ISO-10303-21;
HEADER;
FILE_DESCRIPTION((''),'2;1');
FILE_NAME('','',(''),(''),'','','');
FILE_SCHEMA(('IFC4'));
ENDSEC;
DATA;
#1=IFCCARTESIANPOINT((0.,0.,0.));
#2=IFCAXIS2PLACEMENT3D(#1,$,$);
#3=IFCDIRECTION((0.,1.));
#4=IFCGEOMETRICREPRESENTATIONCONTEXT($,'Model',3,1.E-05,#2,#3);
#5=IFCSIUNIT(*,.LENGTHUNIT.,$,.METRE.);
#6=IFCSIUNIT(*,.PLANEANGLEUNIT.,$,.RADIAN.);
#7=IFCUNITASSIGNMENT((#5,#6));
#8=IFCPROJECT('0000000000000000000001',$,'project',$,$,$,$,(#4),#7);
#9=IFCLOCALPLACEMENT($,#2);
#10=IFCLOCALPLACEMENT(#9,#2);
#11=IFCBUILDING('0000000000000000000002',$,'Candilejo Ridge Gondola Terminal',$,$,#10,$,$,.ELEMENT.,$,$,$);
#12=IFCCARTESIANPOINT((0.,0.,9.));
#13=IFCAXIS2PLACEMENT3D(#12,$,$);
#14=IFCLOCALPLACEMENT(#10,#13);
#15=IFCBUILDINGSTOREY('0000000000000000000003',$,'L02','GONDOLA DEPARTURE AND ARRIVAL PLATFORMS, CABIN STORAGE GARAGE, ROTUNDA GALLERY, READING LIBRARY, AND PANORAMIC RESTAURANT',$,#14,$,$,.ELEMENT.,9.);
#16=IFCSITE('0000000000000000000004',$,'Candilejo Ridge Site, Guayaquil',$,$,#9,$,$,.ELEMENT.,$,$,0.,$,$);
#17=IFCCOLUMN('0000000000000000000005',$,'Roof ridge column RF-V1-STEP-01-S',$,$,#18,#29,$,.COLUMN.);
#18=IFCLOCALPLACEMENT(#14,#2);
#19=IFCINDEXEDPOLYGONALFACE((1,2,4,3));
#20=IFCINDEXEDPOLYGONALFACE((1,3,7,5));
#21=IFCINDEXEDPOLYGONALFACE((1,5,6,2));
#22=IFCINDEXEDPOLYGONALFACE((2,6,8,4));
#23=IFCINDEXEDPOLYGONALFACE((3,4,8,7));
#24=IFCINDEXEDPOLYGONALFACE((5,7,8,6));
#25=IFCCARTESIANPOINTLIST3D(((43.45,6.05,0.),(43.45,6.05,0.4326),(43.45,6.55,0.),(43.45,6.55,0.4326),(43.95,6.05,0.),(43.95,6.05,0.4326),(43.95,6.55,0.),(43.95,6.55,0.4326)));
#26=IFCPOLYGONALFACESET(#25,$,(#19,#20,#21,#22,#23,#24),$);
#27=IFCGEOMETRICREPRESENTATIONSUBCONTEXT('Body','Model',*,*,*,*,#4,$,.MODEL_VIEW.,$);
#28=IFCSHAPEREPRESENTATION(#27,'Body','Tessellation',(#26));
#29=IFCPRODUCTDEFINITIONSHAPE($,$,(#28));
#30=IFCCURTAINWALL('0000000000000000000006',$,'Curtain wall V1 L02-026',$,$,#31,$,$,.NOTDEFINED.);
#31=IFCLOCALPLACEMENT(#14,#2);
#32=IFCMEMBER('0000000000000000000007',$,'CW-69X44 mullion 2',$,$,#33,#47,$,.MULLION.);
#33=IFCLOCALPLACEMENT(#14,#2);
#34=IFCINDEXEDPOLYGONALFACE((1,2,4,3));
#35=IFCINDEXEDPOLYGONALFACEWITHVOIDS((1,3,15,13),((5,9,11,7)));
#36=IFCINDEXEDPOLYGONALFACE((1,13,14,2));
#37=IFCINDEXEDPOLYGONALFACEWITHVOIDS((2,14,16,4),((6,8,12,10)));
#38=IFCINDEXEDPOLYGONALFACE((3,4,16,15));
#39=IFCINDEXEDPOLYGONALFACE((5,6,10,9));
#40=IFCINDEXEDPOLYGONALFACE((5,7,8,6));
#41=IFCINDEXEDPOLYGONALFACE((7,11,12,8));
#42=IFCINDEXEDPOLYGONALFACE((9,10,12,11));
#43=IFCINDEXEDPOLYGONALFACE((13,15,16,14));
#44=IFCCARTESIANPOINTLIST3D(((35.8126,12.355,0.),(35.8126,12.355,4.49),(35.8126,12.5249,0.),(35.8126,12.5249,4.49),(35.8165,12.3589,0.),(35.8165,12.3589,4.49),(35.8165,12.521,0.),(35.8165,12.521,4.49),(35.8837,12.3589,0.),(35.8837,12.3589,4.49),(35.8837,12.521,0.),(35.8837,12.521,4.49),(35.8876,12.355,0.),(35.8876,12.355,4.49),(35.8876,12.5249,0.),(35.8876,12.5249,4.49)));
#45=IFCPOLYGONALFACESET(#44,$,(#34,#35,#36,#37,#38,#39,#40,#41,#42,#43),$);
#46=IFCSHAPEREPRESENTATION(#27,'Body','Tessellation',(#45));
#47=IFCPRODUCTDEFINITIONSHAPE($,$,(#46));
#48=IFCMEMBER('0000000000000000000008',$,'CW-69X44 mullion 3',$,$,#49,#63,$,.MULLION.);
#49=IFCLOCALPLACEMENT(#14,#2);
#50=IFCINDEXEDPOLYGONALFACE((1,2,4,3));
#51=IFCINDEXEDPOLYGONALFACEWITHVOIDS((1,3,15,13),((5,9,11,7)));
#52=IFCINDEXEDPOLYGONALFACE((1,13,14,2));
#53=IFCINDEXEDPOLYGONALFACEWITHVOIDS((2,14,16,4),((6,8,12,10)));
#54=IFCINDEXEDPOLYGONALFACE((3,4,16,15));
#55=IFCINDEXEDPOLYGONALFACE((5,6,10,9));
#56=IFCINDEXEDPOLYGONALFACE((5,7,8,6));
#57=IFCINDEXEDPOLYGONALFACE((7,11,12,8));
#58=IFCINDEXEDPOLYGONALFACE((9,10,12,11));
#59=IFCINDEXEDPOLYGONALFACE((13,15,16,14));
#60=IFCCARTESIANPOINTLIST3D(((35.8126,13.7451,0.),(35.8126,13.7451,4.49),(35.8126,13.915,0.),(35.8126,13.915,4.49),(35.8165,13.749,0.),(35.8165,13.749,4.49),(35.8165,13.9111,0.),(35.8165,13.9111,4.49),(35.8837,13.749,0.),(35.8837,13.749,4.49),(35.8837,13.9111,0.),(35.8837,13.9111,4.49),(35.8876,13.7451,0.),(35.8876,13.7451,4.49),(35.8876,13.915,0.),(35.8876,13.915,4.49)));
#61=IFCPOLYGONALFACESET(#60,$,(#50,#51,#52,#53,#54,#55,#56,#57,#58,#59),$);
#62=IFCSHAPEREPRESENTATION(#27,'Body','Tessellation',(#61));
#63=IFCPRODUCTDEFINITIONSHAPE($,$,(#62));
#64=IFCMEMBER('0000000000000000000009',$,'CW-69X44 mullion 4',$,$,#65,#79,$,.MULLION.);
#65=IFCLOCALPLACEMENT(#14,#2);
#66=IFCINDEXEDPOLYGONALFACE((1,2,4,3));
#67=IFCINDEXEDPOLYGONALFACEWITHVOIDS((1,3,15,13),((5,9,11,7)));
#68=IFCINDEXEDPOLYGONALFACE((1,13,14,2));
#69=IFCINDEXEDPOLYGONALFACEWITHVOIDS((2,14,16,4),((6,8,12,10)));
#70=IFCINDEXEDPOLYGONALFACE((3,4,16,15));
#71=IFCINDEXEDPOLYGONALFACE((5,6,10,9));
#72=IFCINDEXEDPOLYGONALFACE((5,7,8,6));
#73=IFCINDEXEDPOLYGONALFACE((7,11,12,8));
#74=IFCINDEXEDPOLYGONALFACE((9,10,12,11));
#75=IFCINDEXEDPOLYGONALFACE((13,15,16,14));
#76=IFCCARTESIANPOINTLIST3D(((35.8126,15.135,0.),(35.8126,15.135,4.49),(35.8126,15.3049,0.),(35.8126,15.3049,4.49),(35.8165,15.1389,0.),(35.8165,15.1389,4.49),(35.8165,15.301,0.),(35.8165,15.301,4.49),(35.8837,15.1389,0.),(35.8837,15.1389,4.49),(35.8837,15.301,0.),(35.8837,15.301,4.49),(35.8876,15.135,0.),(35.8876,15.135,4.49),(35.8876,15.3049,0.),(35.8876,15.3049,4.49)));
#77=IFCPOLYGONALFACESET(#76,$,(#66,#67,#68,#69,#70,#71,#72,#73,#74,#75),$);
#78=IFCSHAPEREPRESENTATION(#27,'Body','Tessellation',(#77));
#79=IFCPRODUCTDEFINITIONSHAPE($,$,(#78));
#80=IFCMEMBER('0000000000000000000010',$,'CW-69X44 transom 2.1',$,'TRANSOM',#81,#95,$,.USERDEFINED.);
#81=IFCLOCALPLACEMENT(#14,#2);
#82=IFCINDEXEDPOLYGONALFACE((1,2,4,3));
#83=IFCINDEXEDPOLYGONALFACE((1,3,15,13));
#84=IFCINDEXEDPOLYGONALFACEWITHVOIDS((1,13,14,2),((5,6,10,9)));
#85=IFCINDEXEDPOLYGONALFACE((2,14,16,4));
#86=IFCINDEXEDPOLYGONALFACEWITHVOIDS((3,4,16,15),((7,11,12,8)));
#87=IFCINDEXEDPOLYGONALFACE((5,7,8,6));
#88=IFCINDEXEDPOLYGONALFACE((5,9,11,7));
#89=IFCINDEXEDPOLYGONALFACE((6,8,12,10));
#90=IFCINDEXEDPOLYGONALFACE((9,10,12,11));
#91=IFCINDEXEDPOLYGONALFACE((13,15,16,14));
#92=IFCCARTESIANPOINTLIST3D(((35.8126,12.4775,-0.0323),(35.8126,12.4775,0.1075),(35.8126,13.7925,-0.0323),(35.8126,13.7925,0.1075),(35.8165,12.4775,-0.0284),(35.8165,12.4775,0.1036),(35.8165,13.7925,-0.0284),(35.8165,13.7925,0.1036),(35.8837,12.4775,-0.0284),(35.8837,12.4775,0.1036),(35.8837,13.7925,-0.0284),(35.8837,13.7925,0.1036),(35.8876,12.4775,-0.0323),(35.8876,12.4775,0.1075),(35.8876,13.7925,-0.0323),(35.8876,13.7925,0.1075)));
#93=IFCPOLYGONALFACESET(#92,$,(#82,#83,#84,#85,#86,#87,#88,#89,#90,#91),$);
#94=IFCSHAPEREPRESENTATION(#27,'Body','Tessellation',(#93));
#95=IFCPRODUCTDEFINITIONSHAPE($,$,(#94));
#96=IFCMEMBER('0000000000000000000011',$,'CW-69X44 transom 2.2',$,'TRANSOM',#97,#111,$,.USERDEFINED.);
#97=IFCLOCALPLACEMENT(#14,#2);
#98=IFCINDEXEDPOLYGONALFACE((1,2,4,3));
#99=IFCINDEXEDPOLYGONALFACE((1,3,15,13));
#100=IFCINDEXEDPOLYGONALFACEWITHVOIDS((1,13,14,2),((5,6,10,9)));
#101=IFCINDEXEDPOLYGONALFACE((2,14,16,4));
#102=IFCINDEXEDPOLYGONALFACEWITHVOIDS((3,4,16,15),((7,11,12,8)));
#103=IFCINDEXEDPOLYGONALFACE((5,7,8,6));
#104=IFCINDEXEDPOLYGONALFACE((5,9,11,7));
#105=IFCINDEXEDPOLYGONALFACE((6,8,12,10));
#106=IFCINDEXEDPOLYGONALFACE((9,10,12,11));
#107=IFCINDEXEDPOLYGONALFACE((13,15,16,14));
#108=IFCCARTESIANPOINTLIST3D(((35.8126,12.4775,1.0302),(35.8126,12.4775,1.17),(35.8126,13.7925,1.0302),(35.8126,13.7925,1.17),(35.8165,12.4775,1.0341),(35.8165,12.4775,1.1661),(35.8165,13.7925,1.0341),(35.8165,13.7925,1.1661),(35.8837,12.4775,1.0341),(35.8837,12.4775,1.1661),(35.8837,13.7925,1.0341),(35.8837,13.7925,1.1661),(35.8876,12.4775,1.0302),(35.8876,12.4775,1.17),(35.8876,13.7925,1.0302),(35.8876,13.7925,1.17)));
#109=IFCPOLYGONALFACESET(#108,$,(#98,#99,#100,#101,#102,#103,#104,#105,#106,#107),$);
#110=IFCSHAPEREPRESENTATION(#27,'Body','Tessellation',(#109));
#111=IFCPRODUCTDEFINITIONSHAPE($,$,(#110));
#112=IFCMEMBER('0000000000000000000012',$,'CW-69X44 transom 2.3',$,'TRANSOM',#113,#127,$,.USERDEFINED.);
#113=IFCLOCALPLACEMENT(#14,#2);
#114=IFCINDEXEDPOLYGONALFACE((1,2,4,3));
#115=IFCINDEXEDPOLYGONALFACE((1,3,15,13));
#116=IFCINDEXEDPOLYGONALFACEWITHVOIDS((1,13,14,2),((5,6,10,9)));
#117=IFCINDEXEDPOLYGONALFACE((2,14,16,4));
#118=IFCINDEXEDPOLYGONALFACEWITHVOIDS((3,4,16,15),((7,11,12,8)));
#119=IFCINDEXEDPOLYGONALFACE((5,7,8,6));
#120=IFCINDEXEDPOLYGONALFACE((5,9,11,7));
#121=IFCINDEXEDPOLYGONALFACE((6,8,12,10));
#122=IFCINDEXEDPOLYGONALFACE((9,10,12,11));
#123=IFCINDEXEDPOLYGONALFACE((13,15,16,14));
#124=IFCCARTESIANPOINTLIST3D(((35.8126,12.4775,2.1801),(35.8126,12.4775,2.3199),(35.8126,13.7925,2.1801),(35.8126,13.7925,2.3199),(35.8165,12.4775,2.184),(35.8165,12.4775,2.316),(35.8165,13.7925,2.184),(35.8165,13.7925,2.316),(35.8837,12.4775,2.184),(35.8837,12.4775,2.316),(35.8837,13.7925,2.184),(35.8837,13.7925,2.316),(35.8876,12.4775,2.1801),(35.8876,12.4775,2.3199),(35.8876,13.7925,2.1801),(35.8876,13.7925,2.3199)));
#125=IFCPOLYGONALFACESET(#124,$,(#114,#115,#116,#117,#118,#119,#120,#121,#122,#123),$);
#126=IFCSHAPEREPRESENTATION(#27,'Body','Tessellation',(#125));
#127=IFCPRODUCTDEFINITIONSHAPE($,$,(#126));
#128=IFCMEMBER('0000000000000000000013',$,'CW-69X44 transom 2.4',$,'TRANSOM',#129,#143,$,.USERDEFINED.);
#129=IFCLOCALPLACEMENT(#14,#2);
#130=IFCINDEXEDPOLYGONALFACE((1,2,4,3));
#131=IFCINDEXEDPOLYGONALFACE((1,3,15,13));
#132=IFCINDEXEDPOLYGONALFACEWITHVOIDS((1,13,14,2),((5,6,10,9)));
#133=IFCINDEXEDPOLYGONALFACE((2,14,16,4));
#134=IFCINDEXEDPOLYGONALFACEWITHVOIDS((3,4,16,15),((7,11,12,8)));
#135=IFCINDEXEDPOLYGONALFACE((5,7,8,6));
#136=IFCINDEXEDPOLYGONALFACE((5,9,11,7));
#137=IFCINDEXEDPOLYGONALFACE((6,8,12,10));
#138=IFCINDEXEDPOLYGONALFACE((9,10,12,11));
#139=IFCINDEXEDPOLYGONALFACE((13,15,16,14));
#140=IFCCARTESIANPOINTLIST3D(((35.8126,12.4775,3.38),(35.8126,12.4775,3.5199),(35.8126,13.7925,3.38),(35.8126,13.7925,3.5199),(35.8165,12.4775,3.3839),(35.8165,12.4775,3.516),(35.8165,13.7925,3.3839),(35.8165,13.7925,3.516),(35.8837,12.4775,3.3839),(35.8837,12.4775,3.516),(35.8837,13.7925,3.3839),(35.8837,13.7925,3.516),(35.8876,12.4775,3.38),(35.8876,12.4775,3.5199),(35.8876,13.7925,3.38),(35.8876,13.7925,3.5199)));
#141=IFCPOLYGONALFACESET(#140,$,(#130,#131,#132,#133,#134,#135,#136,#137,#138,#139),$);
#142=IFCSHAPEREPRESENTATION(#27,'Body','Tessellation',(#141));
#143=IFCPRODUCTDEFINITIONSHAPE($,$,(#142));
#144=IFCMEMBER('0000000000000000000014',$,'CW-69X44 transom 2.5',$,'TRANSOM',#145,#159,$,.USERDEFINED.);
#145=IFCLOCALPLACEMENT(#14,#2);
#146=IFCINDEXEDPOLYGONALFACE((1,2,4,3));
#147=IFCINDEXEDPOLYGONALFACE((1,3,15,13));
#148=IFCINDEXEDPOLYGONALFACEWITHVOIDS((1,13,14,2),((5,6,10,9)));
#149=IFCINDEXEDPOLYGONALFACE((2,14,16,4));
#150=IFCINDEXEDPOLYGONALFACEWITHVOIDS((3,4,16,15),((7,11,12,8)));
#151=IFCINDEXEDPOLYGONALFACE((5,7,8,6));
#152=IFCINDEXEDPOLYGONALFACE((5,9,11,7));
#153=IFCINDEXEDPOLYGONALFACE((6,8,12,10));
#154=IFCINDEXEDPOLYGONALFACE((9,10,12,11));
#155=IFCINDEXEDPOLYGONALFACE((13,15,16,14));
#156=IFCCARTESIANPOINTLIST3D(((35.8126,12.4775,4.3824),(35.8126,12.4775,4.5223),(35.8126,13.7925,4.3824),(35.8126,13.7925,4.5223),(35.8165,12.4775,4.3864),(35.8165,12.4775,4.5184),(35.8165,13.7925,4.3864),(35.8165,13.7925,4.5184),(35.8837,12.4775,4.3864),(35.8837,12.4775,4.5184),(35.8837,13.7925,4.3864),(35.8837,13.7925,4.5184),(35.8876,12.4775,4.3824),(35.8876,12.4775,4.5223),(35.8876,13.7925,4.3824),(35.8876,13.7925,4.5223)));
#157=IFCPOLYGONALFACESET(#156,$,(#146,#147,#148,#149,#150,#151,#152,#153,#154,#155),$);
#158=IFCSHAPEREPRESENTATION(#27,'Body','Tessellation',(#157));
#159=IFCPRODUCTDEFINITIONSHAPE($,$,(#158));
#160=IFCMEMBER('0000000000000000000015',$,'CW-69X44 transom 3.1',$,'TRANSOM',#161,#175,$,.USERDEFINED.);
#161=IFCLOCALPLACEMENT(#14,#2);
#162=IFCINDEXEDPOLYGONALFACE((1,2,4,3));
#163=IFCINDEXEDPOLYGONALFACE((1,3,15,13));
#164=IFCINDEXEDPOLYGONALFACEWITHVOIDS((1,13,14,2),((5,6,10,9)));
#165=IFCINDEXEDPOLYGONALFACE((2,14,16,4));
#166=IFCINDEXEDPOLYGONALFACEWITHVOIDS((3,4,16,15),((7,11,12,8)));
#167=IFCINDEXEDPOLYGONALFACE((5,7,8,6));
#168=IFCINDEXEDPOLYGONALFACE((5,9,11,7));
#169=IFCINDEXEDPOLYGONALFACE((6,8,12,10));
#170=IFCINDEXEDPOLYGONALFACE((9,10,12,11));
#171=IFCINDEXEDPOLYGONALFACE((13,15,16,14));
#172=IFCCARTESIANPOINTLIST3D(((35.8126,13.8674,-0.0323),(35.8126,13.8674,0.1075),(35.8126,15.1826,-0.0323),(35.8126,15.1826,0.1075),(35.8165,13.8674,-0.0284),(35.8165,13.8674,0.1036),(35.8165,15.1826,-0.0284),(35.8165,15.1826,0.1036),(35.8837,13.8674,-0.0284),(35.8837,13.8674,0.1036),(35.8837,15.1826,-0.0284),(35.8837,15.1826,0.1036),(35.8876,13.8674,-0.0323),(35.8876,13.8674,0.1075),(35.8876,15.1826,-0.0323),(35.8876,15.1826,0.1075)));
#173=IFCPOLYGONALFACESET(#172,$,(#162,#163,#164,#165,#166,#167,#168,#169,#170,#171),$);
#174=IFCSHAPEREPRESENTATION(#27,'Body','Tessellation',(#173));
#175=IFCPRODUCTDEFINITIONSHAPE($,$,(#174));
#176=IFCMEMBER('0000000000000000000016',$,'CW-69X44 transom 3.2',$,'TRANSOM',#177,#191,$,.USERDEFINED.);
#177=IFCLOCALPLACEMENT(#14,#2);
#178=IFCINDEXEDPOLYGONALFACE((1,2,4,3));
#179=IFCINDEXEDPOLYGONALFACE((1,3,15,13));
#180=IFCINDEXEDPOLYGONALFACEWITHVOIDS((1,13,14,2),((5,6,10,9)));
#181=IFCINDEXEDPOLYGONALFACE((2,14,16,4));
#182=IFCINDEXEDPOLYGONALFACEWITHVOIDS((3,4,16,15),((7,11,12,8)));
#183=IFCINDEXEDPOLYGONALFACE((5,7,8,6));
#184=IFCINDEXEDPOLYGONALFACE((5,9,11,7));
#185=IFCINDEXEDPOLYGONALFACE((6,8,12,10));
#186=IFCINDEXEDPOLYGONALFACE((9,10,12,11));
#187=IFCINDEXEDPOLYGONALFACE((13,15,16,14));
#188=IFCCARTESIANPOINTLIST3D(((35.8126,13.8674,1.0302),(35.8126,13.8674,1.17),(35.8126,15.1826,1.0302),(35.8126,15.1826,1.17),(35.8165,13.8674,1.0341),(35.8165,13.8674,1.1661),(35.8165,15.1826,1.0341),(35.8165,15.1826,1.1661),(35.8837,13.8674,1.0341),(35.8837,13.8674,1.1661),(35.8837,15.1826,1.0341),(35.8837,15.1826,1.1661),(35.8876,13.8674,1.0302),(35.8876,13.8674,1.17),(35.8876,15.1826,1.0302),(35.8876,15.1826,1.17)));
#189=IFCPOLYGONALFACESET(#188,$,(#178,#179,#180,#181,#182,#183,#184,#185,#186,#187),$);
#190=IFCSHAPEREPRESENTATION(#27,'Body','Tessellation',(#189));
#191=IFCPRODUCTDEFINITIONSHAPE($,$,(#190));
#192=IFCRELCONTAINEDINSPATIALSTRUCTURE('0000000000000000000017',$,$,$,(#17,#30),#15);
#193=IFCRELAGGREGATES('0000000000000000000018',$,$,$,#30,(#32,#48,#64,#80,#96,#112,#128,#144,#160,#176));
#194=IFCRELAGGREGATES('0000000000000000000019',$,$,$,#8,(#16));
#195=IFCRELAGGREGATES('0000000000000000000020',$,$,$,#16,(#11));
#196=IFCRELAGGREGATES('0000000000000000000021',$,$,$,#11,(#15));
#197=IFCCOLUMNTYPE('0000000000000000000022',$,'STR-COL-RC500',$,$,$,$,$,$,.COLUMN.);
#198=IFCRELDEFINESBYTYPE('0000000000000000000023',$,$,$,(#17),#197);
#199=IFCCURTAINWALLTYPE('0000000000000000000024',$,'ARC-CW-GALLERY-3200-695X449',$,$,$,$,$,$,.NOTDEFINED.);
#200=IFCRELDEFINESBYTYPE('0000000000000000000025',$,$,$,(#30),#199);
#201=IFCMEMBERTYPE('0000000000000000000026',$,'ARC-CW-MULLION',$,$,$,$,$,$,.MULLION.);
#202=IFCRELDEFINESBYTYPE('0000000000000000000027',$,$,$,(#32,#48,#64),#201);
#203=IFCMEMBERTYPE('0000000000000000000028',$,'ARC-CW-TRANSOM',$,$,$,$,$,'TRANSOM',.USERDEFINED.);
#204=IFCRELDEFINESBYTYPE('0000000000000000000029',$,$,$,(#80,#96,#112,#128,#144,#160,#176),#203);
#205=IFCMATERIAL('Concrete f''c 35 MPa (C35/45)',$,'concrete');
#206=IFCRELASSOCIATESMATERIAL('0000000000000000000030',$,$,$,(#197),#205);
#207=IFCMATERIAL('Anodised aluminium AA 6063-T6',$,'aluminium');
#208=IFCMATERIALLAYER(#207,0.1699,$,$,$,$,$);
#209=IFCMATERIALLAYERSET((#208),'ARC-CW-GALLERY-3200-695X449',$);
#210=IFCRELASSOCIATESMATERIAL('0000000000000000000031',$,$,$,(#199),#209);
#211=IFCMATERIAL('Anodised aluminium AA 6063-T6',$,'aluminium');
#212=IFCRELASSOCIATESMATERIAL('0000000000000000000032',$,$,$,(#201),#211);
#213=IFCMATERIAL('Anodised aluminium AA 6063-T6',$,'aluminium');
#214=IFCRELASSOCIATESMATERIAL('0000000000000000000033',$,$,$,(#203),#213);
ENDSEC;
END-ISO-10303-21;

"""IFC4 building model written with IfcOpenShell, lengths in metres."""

from ifc_helpers import new_model, si_unit, direction, frame, origin, origin_2d, place, context, subcontext, project, spatial, rectangle, hollow_rectangle, extrude, material, layer, layer_set, material_profile, profile_set, type_object, element, aggregate, save


model = new_model("IFC4")

# Units and contexts
model_context = context("Model", 3, precision=1e-05, world=origin(), true_north=direction((0.0, 1.0)))
body_context = subcontext(model_context, "Body", "Model", "MODEL_VIEW")
ifc_project = project(units=[si_unit("LENGTHUNIT", "METRE"), si_unit("PLANEANGLEUNIT", "RADIAN")], contexts=[model_context])

# Site, building, storey
site_placement = place(None, origin())
site = spatial("IfcSite", under=ifc_project, at=site_placement, Name="Candilejo Ridge Site, Guayaquil", CompositionType="ELEMENT", RefElevation=0.0)
building_placement = place(site_placement, origin())
building = spatial("IfcBuilding", under=site, at=building_placement, Name="Candilejo Ridge Gondola Terminal", CompositionType="ELEMENT")
storey_placement = place(building_placement, frame((0.0, 0.0, 9.0)))
storey = spatial("IfcBuildingStorey", under=building, at=storey_placement, Name="L02", Description="GONDOLA DEPARTURE AND ARRIVAL PLATFORMS, CABIN STORAGE GARAGE, ROTUNDA GALLERY, READING LIBRARY, AND PANORAMIC RESTAURANT", CompositionType="ELEMENT", Elevation=9.0)

# Column
ifc_material_1 = material(Name="Concrete f'c 35 MPa (C35/45)", Category="concrete")
ifc_material_profile_1 = material_profile(ifc_material_1, rectangle(XDim=0.5, YDim=0.5, at=origin_2d()))
ifc_profile_set_1 = profile_set([ifc_material_profile_1], Name="Concrete f'c 35 MPa (C35/45)")
column_type = type_object("IfcColumnType", Name="STR-COL-RC500", PredefinedType="COLUMN", material=ifc_profile_set_1)
column_placement = place(storey_placement, frame((43.7, 6.3, 0.0), z_axis=(0.0, 0.0, 1.0), x_axis=(1.0, 0.0, 0.0)))
element("IfcColumn", 1, at=column_placement, inside=storey, type_object=column_type, Name="Roof ridge column RF-V1-STEP-01-S", PredefinedType="COLUMN", context=body_context, shape_type="SweptSolid", body=[
    extrude(rectangle(XDim=0.5, YDim=0.5, at=origin_2d()), origin(), (0.0, 0.0, 1.0), 0.4326),
])

# Curtain wall, members
ifc_material_2 = material(Name="Anodised aluminium AA 6063-T6", Category="aluminium")
ifc_layer_1 = layer(ifc_material_2, 0.1699)
ifc_layer_set_1 = layer_set([ifc_layer_1], Name="ARC-CW-GALLERY-3200-695X449")
curtain_wall_type = type_object("IfcCurtainWallType", Name="ARC-CW-GALLERY-3200-695X449", PredefinedType="NOTDEFINED", material=ifc_layer_set_1)
curtain_wall_placement = place(storey_placement, origin())
curtain_wall = element("IfcCurtainWall", 2, at=curtain_wall_placement, inside=storey, type_object=curtain_wall_type, Name="Curtain wall V1 L02-026", PredefinedType="NOTDEFINED")
ifc_material_3 = material(Name="Anodised aluminium AA 6063-T6", Category="aluminium")
ifc_material_profile_2 = material_profile(ifc_material_3, hollow_rectangle(XDim=0.075, YDim=0.1699, WallThickness=0.0039, at=origin_2d()))
ifc_profile_set_2 = profile_set([ifc_material_profile_2], Name="Anodised aluminium AA 6063-T6")
member_type_1 = type_object("IfcMemberType", Name="ARC-CW-MULLION", PredefinedType="MULLION", material=ifc_profile_set_2)
member_1_placement = place(storey_placement, frame((35.8501, 12.4399, 0.0), z_axis=(0.0, 0.0, 1.0), x_axis=(-1.0, 0.0, 0.0)))
member_1 = element("IfcMember", 3, at=member_1_placement, type_object=member_type_1, Name="CW-69X44 mullion 2", PredefinedType="MULLION", context=body_context, shape_type="SweptSolid", body=[
    extrude(hollow_rectangle(XDim=0.075, YDim=0.1699, WallThickness=0.0039, at=origin_2d()), origin(), (0.0, 0.0, 1.0), 4.49),
])
member_2_placement = place(storey_placement, frame((35.8501, 13.8301, 0.0), z_axis=(0.0, 0.0, 1.0), x_axis=(-1.0, 0.0, 0.0)))
member_2 = element("IfcMember", 4, at=member_2_placement, type_object=member_type_1, Name="CW-69X44 mullion 3", PredefinedType="MULLION", context=body_context, shape_type="SweptSolid", body=[
    extrude(hollow_rectangle(XDim=0.075, YDim=0.1699, WallThickness=0.0039, at=origin_2d()), origin(), (0.0, 0.0, 1.0), 4.49),
])
member_3_placement = place(storey_placement, frame((35.8501, 15.22, 0.0), z_axis=(0.0, 0.0, 1.0), x_axis=(-1.0, 0.0, 0.0)))
member_3 = element("IfcMember", 5, at=member_3_placement, type_object=member_type_1, Name="CW-69X44 mullion 4", PredefinedType="MULLION", context=body_context, shape_type="SweptSolid", body=[
    extrude(hollow_rectangle(XDim=0.075, YDim=0.1699, WallThickness=0.0039, at=origin_2d()), origin(), (0.0, 0.0, 1.0), 4.49),
])
ifc_material_4 = material(Name="Anodised aluminium AA 6063-T6", Category="aluminium")
ifc_material_profile_3 = material_profile(ifc_material_4, hollow_rectangle(XDim=0.075, YDim=0.1399, WallThickness=0.0039, at=origin_2d()))
ifc_profile_set_3 = profile_set([ifc_material_profile_3], Name="Anodised aluminium AA 6063-T6")
member_type_2 = type_object("IfcMemberType", Name="ARC-CW-TRANSOM", ElementType="TRANSOM", PredefinedType="USERDEFINED", material=ifc_profile_set_3)
member_4_placement = place(storey_placement, frame((35.8501, 12.4775, 0.0376), z_axis=(0.0, 1.0, 0.0), x_axis=(-1.0, 0.0, 0.0)))
member_4 = element("IfcMember", 6, at=member_4_placement, type_object=member_type_2, Name="CW-69X44 transom 2.1", ObjectType="TRANSOM", PredefinedType="USERDEFINED", context=body_context, shape_type="SweptSolid", body=[
    extrude(hollow_rectangle(XDim=0.075, YDim=0.1399, WallThickness=0.0039, at=origin_2d()), origin(), (0.0, 0.0, 1.0), 1.3149),
])
member_5_placement = place(storey_placement, frame((35.8501, 12.4775, 1.1001), z_axis=(0.0, 1.0, 0.0), x_axis=(-1.0, 0.0, 0.0)))
member_5 = element("IfcMember", 7, at=member_5_placement, type_object=member_type_2, Name="CW-69X44 transom 2.2", ObjectType="TRANSOM", PredefinedType="USERDEFINED", context=body_context, shape_type="SweptSolid", body=[
    extrude(hollow_rectangle(XDim=0.075, YDim=0.1399, WallThickness=0.0039, at=origin_2d()), origin(), (0.0, 0.0, 1.0), 1.3149),
])
member_6_placement = place(storey_placement, frame((35.8501, 12.4775, 2.25), z_axis=(0.0, 1.0, 0.0), x_axis=(-1.0, 0.0, 0.0)))
member_6 = element("IfcMember", 8, at=member_6_placement, type_object=member_type_2, Name="CW-69X44 transom 2.3", ObjectType="TRANSOM", PredefinedType="USERDEFINED", context=body_context, shape_type="SweptSolid", body=[
    extrude(hollow_rectangle(XDim=0.075, YDim=0.1399, WallThickness=0.0039, at=origin_2d()), origin(), (0.0, 0.0, 1.0), 1.3149),
])
member_7_placement = place(storey_placement, frame((35.8501, 12.4775, 3.45), z_axis=(0.0, 1.0, 0.0), x_axis=(-1.0, 0.0, 0.0)))
member_7 = element("IfcMember", 9, at=member_7_placement, type_object=member_type_2, Name="CW-69X44 transom 2.4", ObjectType="TRANSOM", PredefinedType="USERDEFINED", context=body_context, shape_type="SweptSolid", body=[
    extrude(hollow_rectangle(XDim=0.075, YDim=0.1399, WallThickness=0.0039, at=origin_2d()), origin(), (0.0, 0.0, 1.0), 1.3149),
])
member_8_placement = place(storey_placement, frame((35.8501, 12.4775, 4.4524), z_axis=(0.0, 1.0, 0.0), x_axis=(-1.0, 0.0, 0.0)))
member_8 = element("IfcMember", 10, at=member_8_placement, type_object=member_type_2, Name="CW-69X44 transom 2.5", ObjectType="TRANSOM", PredefinedType="USERDEFINED", context=body_context, shape_type="SweptSolid", body=[
    extrude(hollow_rectangle(XDim=0.075, YDim=0.1399, WallThickness=0.0039, at=origin_2d()), origin(), (0.0, 0.0, 1.0), 1.3149),
])
member_9_placement = place(storey_placement, frame((35.8501, 13.8674, 0.0376), z_axis=(0.0, 1.0, 0.0), x_axis=(-1.0, 0.0, 0.0)))
member_9 = element("IfcMember", 11, at=member_9_placement, type_object=member_type_2, Name="CW-69X44 transom 3.1", ObjectType="TRANSOM", PredefinedType="USERDEFINED", context=body_context, shape_type="SweptSolid", body=[
    extrude(hollow_rectangle(XDim=0.075, YDim=0.1399, WallThickness=0.0039, at=origin_2d()), origin(), (0.0, 0.0, 1.0), 1.3152),
])
member_10_placement = place(storey_placement, frame((35.8501, 13.8674, 1.1001), z_axis=(0.0, 1.0, 0.0), x_axis=(-1.0, 0.0, 0.0)))
member_10 = element("IfcMember", 12, at=member_10_placement, type_object=member_type_2, Name="CW-69X44 transom 3.2", ObjectType="TRANSOM", PredefinedType="USERDEFINED", context=body_context, shape_type="SweptSolid", body=[
    extrude(hollow_rectangle(XDim=0.075, YDim=0.1399, WallThickness=0.0039, at=origin_2d()), origin(), (0.0, 0.0, 1.0), 1.3152),
])

aggregate(curtain_wall, [member_1, member_2, member_3, member_4, member_5, member_6, member_7, member_8, member_9, member_10])

save(model, "model.ifc")
